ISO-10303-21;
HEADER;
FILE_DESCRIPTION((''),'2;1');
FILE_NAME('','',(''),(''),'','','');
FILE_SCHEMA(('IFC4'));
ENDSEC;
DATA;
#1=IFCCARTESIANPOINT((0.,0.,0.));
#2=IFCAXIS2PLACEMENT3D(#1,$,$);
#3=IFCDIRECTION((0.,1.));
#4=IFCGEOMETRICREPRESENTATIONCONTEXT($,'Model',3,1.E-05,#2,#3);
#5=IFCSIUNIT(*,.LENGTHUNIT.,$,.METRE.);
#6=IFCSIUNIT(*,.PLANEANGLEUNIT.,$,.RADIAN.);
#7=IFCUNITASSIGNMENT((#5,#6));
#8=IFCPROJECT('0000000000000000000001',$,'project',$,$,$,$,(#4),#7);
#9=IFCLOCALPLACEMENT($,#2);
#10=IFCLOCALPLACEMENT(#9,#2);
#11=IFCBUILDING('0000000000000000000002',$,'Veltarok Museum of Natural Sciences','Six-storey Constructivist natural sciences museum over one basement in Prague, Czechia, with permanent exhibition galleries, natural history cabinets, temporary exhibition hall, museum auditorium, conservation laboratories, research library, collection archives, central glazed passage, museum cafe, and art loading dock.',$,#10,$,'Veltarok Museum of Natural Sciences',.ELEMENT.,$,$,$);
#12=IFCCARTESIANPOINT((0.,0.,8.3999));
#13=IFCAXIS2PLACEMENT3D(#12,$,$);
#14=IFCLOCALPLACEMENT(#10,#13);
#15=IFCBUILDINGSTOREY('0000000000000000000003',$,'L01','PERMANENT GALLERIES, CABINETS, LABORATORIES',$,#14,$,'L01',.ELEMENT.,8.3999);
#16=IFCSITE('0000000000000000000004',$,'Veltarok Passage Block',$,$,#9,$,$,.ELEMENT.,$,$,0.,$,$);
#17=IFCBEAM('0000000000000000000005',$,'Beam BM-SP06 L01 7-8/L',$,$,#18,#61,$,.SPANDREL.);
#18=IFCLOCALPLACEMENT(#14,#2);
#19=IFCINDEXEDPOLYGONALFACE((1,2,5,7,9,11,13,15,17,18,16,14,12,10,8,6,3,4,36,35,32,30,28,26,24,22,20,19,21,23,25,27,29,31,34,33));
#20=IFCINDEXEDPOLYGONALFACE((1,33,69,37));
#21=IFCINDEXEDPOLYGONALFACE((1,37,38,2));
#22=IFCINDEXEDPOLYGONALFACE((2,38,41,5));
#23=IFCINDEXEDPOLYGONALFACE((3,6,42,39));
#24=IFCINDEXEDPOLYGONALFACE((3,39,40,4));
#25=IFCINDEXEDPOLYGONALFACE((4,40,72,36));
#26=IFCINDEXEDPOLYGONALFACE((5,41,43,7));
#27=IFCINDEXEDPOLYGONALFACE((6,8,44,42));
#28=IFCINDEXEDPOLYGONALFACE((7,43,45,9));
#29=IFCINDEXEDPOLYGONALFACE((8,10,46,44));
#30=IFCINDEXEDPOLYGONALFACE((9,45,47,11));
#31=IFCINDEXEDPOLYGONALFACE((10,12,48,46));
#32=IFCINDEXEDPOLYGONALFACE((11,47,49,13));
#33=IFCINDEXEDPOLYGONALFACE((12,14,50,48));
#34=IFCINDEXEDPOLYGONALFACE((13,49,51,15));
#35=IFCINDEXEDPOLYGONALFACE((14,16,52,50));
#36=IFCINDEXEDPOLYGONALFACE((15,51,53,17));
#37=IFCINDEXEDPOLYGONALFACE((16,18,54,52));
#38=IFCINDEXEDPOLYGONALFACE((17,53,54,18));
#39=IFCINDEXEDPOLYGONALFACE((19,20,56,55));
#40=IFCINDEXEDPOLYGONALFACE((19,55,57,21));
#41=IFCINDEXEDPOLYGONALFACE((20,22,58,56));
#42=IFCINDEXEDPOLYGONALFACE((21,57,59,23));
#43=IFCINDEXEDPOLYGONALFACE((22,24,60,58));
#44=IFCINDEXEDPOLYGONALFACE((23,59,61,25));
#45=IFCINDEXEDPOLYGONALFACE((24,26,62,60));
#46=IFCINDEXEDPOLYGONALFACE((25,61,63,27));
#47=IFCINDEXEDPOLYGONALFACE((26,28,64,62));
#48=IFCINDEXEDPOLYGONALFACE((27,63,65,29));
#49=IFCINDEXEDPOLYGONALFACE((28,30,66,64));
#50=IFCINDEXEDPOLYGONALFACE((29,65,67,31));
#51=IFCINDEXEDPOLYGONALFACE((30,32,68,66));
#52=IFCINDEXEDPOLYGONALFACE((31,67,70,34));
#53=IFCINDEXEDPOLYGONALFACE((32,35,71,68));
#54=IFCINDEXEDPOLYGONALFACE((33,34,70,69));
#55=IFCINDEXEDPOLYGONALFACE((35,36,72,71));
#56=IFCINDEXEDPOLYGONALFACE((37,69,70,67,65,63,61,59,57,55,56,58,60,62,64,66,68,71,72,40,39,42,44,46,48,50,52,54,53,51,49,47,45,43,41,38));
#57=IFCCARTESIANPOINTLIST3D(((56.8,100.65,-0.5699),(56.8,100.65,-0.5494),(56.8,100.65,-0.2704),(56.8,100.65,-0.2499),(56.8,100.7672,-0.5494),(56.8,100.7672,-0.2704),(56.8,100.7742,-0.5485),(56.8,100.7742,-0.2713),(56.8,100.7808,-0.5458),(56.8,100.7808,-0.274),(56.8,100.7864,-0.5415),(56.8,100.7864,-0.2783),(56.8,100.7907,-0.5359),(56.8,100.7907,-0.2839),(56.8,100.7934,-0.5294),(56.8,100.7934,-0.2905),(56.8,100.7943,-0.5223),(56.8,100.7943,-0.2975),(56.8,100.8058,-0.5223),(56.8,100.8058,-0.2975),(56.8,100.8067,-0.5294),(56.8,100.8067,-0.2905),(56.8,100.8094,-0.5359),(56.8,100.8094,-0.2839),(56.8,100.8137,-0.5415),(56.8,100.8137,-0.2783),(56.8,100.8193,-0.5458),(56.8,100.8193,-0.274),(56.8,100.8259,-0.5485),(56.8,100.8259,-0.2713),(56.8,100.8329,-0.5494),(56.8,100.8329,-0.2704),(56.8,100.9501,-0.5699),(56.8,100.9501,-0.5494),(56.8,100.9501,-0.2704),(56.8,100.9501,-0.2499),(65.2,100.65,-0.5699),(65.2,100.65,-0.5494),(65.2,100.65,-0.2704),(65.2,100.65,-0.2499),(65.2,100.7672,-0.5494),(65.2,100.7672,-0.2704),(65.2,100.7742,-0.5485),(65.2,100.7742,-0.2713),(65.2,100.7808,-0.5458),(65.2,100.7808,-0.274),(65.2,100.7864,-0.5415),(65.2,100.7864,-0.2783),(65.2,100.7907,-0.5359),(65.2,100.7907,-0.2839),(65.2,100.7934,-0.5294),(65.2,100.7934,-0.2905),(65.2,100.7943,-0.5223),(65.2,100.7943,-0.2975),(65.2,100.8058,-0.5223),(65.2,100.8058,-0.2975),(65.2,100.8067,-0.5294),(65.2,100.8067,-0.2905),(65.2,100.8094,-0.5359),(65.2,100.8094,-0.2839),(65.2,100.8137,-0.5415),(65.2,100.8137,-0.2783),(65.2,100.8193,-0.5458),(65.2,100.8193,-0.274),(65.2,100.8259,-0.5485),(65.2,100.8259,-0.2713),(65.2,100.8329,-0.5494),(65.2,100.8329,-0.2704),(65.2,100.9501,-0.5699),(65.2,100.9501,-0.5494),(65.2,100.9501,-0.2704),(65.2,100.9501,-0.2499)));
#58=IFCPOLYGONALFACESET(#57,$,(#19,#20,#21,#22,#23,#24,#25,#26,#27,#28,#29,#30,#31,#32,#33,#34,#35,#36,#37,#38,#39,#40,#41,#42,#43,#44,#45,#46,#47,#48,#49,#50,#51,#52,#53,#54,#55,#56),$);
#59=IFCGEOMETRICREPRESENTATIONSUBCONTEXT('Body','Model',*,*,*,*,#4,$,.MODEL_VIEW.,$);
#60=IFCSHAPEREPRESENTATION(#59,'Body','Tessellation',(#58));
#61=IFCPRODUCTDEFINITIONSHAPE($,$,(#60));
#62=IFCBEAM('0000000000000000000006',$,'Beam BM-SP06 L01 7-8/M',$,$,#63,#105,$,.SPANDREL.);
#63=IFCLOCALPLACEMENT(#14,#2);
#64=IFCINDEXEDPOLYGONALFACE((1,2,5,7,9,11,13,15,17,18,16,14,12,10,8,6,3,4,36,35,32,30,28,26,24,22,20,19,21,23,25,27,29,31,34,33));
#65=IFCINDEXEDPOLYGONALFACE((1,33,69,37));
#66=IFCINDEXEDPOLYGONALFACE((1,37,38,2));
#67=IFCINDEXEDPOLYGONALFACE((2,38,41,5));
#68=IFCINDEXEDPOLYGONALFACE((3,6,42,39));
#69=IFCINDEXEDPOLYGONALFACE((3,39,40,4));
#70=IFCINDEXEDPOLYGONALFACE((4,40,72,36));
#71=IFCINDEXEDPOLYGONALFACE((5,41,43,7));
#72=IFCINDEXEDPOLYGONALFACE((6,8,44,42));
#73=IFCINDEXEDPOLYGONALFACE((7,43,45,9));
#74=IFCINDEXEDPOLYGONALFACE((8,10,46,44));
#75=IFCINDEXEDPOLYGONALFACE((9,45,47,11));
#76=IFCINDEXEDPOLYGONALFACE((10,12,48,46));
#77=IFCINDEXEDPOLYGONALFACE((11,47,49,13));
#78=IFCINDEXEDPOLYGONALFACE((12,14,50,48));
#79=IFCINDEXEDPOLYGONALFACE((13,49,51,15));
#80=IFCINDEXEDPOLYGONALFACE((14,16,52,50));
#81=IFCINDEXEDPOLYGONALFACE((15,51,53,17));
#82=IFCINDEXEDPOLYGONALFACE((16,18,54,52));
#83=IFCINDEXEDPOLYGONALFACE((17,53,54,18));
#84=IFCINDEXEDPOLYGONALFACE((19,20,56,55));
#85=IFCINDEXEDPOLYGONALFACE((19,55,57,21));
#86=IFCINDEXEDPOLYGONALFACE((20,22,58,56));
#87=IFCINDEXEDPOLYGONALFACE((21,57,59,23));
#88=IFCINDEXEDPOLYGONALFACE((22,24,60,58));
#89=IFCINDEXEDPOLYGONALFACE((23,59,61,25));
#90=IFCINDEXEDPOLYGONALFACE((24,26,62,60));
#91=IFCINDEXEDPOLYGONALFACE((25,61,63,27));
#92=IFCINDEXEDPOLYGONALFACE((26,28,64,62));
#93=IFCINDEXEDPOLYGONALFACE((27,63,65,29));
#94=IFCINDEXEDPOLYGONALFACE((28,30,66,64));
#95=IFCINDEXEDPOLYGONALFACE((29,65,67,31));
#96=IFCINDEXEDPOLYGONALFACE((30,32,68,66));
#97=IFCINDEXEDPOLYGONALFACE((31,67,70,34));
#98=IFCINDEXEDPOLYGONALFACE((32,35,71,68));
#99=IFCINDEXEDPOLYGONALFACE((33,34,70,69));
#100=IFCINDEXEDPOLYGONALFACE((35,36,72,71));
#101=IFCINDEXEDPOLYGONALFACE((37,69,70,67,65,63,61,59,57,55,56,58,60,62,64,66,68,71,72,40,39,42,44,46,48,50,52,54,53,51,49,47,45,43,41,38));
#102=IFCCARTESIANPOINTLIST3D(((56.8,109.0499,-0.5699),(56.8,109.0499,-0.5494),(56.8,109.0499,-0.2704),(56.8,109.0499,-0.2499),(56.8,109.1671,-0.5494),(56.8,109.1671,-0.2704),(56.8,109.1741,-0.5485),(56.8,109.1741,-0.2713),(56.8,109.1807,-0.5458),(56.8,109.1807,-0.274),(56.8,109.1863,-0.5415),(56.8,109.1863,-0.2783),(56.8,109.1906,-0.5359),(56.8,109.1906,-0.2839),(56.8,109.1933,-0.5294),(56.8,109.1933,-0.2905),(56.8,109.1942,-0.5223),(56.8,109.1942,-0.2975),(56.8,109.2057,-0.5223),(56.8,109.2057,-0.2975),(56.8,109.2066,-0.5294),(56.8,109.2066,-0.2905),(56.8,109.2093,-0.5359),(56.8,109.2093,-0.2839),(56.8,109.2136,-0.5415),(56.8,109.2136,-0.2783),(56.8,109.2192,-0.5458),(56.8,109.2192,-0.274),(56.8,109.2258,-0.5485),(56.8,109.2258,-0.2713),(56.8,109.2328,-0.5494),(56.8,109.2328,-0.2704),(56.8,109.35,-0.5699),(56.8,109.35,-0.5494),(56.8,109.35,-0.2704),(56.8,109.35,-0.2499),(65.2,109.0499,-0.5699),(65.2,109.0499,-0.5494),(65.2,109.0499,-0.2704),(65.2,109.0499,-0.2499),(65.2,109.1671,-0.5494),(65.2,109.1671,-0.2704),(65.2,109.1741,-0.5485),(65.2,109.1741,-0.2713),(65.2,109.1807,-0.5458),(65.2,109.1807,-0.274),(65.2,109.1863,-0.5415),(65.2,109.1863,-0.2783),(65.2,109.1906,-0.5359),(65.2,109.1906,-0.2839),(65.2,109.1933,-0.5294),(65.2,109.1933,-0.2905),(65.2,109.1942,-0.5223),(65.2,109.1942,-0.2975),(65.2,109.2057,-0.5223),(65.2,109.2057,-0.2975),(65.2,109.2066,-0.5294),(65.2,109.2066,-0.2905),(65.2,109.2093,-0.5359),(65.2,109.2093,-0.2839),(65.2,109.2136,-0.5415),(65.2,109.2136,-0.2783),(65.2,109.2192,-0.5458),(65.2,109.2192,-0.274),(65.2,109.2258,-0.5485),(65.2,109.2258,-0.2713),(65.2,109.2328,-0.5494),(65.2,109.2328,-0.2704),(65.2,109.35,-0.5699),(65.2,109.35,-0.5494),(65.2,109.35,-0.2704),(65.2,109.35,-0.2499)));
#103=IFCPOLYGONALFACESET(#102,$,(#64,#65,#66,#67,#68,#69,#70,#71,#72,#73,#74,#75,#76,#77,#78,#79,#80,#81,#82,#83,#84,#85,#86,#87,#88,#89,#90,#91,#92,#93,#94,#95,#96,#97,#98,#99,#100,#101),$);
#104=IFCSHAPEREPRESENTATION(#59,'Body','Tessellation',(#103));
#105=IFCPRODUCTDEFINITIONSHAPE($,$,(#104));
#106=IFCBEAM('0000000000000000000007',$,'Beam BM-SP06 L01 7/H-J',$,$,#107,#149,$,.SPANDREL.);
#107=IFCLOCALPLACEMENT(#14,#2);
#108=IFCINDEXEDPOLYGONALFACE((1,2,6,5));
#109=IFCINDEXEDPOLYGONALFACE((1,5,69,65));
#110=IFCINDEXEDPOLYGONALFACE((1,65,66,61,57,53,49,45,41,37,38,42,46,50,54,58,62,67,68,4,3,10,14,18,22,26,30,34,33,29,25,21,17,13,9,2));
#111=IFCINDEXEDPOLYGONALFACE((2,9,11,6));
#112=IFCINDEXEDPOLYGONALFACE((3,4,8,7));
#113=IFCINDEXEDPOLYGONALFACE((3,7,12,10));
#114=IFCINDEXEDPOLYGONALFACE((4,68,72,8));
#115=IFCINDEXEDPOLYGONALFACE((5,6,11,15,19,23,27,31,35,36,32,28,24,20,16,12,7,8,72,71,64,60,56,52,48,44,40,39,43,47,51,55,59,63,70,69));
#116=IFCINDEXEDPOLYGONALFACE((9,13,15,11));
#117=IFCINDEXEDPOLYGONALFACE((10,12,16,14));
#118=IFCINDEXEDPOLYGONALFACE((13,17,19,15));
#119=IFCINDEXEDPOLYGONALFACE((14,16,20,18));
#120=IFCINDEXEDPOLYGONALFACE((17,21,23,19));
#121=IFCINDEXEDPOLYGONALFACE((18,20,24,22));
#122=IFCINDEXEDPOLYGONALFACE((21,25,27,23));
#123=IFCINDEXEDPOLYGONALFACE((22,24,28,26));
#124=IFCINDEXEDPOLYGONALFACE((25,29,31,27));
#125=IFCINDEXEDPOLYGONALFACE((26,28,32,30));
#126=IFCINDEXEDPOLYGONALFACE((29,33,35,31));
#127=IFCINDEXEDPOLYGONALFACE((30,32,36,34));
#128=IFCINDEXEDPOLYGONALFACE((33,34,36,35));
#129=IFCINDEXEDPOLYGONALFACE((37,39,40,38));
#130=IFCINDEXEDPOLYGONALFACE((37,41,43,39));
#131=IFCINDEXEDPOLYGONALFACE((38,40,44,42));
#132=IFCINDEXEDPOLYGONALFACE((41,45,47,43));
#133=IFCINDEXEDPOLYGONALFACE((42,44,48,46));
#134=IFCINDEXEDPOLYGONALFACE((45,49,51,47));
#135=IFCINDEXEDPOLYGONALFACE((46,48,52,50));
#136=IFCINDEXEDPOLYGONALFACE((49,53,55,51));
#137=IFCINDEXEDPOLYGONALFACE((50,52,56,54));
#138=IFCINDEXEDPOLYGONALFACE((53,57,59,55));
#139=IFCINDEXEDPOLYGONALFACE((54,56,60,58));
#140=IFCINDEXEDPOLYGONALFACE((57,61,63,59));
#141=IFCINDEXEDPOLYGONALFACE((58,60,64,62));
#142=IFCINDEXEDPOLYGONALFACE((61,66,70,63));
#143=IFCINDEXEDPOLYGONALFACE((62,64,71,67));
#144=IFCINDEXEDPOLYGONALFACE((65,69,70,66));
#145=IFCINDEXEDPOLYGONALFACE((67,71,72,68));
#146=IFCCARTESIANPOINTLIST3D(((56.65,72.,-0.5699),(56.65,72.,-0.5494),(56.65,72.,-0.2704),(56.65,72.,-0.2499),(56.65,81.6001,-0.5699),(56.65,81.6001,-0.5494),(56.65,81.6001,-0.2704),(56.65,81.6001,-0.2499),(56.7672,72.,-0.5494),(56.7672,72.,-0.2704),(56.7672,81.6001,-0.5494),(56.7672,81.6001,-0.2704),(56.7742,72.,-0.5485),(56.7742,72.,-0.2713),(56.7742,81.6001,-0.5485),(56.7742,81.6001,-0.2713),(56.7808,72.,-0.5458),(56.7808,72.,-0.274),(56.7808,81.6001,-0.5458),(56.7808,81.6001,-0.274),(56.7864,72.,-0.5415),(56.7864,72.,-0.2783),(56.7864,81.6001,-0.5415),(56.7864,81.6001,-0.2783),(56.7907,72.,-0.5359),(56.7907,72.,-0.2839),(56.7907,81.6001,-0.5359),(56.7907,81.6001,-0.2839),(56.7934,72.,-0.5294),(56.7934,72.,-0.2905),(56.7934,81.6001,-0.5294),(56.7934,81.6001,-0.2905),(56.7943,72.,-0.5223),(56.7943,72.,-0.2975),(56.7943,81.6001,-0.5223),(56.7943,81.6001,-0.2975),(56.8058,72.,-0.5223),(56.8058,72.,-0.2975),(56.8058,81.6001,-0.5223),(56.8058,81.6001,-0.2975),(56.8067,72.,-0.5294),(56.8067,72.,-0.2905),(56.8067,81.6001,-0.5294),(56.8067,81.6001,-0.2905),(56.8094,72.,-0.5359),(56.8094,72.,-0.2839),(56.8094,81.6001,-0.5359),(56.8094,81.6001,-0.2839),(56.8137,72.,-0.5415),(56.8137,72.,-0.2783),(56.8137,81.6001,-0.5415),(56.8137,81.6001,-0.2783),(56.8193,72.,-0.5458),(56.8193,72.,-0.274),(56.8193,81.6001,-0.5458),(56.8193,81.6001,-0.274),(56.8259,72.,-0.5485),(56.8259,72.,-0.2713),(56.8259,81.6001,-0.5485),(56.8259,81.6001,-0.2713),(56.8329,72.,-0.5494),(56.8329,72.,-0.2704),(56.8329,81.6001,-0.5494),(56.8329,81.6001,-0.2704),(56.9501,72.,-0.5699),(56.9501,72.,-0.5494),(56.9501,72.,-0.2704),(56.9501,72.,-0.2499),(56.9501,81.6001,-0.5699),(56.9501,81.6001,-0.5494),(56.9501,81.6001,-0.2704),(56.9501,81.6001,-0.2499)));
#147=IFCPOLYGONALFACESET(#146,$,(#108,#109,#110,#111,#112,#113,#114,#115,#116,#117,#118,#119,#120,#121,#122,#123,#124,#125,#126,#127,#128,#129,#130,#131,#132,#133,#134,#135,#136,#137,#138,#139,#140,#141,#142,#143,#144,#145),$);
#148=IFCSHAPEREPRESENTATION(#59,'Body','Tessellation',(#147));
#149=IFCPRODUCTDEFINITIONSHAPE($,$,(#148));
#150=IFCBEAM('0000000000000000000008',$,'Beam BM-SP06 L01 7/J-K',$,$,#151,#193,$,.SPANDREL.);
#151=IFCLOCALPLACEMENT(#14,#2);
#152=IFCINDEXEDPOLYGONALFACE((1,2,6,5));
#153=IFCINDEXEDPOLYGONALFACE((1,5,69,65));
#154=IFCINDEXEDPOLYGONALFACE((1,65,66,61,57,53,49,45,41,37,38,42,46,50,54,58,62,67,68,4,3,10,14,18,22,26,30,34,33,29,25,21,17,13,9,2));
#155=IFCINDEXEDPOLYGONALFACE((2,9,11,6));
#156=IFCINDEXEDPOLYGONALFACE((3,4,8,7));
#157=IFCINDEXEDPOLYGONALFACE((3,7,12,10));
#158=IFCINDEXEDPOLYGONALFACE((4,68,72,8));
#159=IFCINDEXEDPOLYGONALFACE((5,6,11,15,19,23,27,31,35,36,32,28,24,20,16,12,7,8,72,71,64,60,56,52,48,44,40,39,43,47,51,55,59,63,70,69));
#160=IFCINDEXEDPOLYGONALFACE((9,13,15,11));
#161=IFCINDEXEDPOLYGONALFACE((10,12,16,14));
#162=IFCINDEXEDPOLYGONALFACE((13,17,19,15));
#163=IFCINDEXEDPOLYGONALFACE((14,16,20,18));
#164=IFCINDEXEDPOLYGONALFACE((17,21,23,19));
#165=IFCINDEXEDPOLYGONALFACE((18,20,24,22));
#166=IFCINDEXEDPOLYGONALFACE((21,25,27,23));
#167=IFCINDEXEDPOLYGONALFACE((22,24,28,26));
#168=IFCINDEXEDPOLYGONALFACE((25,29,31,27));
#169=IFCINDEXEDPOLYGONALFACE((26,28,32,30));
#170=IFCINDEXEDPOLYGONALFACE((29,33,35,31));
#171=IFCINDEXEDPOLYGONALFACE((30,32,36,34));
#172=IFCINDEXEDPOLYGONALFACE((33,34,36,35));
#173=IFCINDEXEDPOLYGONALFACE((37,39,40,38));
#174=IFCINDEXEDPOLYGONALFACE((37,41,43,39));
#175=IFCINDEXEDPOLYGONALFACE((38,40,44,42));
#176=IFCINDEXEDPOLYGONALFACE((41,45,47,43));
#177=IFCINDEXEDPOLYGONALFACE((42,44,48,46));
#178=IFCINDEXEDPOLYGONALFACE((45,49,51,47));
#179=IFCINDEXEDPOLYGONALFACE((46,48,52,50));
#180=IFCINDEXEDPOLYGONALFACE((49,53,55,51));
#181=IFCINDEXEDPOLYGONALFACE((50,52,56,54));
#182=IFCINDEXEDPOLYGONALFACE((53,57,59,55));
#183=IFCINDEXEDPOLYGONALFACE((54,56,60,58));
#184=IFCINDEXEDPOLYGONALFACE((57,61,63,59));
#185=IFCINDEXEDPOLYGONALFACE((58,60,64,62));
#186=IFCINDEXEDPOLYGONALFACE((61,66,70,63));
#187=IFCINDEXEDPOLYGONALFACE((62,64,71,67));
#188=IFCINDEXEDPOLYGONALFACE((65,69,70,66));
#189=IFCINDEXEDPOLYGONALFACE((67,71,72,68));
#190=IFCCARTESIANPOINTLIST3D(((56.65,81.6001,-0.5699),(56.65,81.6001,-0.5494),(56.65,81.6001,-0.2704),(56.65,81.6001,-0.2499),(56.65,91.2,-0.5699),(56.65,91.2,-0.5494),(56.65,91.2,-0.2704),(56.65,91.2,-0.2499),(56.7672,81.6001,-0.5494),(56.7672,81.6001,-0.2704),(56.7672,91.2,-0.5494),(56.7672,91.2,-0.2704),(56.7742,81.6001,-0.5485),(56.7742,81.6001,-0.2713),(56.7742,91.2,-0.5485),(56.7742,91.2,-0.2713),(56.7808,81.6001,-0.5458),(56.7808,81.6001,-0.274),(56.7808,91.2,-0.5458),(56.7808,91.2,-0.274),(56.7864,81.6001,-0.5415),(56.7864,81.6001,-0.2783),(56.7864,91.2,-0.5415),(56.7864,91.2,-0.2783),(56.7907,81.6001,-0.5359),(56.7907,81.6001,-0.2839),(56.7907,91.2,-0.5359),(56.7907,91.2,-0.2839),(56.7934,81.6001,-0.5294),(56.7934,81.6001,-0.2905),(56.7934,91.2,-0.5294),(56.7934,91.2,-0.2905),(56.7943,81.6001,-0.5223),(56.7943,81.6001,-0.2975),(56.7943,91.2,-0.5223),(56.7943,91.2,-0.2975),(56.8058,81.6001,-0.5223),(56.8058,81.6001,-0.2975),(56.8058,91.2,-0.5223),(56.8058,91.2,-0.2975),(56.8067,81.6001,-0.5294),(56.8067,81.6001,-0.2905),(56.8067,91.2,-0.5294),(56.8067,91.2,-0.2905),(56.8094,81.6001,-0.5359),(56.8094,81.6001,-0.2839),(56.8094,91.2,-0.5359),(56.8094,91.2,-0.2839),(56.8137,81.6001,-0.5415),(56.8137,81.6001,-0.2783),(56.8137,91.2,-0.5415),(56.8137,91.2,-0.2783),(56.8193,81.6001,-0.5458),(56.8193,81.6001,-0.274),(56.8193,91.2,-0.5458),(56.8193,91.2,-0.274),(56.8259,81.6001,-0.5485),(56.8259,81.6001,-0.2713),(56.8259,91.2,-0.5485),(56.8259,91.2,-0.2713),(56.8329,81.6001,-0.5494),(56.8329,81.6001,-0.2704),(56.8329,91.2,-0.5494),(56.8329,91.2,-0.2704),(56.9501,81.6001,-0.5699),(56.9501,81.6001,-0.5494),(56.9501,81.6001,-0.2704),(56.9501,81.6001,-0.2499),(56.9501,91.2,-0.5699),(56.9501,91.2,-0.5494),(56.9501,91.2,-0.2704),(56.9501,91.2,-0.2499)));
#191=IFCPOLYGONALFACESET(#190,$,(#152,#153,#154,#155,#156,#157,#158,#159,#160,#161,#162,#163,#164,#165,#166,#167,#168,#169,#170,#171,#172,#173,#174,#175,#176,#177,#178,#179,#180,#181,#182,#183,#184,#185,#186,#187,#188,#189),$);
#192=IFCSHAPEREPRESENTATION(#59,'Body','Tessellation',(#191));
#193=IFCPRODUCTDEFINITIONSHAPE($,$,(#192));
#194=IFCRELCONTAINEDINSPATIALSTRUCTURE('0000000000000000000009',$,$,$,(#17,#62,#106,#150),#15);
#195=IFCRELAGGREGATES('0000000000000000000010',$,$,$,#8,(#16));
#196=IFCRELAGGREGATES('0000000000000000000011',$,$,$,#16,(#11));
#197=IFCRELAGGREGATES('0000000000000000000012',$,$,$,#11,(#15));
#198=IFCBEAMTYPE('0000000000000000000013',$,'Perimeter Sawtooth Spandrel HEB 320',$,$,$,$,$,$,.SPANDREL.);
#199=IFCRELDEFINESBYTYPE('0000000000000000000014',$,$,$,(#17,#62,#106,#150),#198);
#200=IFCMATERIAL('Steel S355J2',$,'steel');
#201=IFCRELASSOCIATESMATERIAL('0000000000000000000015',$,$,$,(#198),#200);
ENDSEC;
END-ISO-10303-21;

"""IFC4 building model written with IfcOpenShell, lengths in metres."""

from ifc_helpers import new_model, si_unit, direction, frame, origin, origin_2d, place, context, subcontext, project, spatial, i_section, extrude, material, material_profile, profile_set, type_object, element, save


model = new_model("IFC4")

# Units and contexts
model_context = context("Model", 3, precision=1e-05, world=origin(), true_north=direction((0.0, 1.0)))
body_context = subcontext(model_context, "Body", "Model", "MODEL_VIEW")
ifc_project = project(units=[si_unit("LENGTHUNIT", "METRE"), si_unit("PLANEANGLEUNIT", "RADIAN")], contexts=[model_context])

# Site, building, storey
site_placement = place(None, origin())
site = spatial("IfcSite", under=ifc_project, at=site_placement, Name="Veltarok Passage Block", CompositionType="ELEMENT", RefElevation=0.0)
building_placement = place(site_placement, origin())
building = spatial("IfcBuilding", under=site, at=building_placement, Name="Veltarok Museum of Natural Sciences", Description="Six-storey Constructivist natural sciences museum over one basement in Prague, Czechia, with permanent exhibition galleries, natural history cabinets, temporary exhibition hall, museum auditorium, conservation laboratories, research library, collection archives, central glazed passage, museum cafe, and art loading dock.", LongName="Veltarok Museum of Natural Sciences", CompositionType="ELEMENT")
storey_placement = place(building_placement, frame((0.0, 0.0, 8.3999)))
storey = spatial("IfcBuildingStorey", under=building, at=storey_placement, Name="L01", Description="PERMANENT GALLERIES, CABINETS, LABORATORIES", LongName="L01", CompositionType="ELEMENT", Elevation=8.3999)

# Shared definitions
ifc_material_1 = material(Name="Steel S355J2", Category="steel")

# Beams
ifc_material_profile_1 = material_profile(ifc_material_1, i_section(OverallWidth=0.3, OverallDepth=0.3201, WebThickness=0.0115, FlangeThickness=0.0205, FilletRadius=0.0271, at=origin_2d()), Name="HEB 320")
ifc_profile_set_1 = profile_set([ifc_material_profile_1], Name="Steel S355J2")
beam_type = type_object("IfcBeamType", Name="Perimeter Sawtooth Spandrel HEB 320", PredefinedType="SPANDREL", material=ifc_profile_set_1)
for number, where, z_axis, x_axis, name in (
    (1, (56.8, 100.8, -0.4099), (1.0, 0.0, 0.0), (0.0, 1.0, 0.0), "Beam BM-SP06 L01 7-8/L"),
    (2, (56.8, 109.2, -0.4099), (1.0, 0.0, 0.0), (0.0, 1.0, 0.0), "Beam BM-SP06 L01 7-8/M"),
):
    element("IfcBeam", number, at=place(storey_placement, frame(where, z_axis=z_axis, x_axis=x_axis)), inside=storey, type_object=beam_type, Name=name, PredefinedType="SPANDREL", context=body_context, shape_type="SweptSolid", body=[
        extrude(i_section(OverallWidth=0.3, OverallDepth=0.3201, WebThickness=0.0115, FlangeThickness=0.0205, FilletRadius=0.0271, at=origin_2d()), origin(), (0.0, 0.0, 1.0), 8.3999),
    ])
beam_1_placement = place(storey_placement, frame((56.8, 72.0, -0.4099), z_axis=(0.0, 1.0, 0.0), x_axis=(-1.0, 0.0, 0.0)))
element("IfcBeam", 3, at=beam_1_placement, inside=storey, type_object=beam_type, Name="Beam BM-SP06 L01 7/H-J", PredefinedType="SPANDREL", context=body_context, shape_type="SweptSolid", body=[
    extrude(i_section(OverallWidth=0.3, OverallDepth=0.3201, WebThickness=0.0115, FlangeThickness=0.0205, FilletRadius=0.0271, at=origin_2d()), origin(), (0.0, 0.0, 1.0), 9.6001),
])
beam_2_placement = place(storey_placement, frame((56.8, 81.6001, -0.4099), z_axis=(0.0, 1.0, 0.0), x_axis=(-1.0, 0.0, 0.0)))
element("IfcBeam", 4, at=beam_2_placement, inside=storey, type_object=beam_type, Name="Beam BM-SP06 L01 7/J-K", PredefinedType="SPANDREL", context=body_context, shape_type="SweptSolid", body=[
    extrude(i_section(OverallWidth=0.3, OverallDepth=0.3201, WebThickness=0.0115, FlangeThickness=0.0205, FilletRadius=0.0271, at=origin_2d()), origin(), (0.0, 0.0, 1.0), 9.5999),
])

save(model, "model.ifc")
